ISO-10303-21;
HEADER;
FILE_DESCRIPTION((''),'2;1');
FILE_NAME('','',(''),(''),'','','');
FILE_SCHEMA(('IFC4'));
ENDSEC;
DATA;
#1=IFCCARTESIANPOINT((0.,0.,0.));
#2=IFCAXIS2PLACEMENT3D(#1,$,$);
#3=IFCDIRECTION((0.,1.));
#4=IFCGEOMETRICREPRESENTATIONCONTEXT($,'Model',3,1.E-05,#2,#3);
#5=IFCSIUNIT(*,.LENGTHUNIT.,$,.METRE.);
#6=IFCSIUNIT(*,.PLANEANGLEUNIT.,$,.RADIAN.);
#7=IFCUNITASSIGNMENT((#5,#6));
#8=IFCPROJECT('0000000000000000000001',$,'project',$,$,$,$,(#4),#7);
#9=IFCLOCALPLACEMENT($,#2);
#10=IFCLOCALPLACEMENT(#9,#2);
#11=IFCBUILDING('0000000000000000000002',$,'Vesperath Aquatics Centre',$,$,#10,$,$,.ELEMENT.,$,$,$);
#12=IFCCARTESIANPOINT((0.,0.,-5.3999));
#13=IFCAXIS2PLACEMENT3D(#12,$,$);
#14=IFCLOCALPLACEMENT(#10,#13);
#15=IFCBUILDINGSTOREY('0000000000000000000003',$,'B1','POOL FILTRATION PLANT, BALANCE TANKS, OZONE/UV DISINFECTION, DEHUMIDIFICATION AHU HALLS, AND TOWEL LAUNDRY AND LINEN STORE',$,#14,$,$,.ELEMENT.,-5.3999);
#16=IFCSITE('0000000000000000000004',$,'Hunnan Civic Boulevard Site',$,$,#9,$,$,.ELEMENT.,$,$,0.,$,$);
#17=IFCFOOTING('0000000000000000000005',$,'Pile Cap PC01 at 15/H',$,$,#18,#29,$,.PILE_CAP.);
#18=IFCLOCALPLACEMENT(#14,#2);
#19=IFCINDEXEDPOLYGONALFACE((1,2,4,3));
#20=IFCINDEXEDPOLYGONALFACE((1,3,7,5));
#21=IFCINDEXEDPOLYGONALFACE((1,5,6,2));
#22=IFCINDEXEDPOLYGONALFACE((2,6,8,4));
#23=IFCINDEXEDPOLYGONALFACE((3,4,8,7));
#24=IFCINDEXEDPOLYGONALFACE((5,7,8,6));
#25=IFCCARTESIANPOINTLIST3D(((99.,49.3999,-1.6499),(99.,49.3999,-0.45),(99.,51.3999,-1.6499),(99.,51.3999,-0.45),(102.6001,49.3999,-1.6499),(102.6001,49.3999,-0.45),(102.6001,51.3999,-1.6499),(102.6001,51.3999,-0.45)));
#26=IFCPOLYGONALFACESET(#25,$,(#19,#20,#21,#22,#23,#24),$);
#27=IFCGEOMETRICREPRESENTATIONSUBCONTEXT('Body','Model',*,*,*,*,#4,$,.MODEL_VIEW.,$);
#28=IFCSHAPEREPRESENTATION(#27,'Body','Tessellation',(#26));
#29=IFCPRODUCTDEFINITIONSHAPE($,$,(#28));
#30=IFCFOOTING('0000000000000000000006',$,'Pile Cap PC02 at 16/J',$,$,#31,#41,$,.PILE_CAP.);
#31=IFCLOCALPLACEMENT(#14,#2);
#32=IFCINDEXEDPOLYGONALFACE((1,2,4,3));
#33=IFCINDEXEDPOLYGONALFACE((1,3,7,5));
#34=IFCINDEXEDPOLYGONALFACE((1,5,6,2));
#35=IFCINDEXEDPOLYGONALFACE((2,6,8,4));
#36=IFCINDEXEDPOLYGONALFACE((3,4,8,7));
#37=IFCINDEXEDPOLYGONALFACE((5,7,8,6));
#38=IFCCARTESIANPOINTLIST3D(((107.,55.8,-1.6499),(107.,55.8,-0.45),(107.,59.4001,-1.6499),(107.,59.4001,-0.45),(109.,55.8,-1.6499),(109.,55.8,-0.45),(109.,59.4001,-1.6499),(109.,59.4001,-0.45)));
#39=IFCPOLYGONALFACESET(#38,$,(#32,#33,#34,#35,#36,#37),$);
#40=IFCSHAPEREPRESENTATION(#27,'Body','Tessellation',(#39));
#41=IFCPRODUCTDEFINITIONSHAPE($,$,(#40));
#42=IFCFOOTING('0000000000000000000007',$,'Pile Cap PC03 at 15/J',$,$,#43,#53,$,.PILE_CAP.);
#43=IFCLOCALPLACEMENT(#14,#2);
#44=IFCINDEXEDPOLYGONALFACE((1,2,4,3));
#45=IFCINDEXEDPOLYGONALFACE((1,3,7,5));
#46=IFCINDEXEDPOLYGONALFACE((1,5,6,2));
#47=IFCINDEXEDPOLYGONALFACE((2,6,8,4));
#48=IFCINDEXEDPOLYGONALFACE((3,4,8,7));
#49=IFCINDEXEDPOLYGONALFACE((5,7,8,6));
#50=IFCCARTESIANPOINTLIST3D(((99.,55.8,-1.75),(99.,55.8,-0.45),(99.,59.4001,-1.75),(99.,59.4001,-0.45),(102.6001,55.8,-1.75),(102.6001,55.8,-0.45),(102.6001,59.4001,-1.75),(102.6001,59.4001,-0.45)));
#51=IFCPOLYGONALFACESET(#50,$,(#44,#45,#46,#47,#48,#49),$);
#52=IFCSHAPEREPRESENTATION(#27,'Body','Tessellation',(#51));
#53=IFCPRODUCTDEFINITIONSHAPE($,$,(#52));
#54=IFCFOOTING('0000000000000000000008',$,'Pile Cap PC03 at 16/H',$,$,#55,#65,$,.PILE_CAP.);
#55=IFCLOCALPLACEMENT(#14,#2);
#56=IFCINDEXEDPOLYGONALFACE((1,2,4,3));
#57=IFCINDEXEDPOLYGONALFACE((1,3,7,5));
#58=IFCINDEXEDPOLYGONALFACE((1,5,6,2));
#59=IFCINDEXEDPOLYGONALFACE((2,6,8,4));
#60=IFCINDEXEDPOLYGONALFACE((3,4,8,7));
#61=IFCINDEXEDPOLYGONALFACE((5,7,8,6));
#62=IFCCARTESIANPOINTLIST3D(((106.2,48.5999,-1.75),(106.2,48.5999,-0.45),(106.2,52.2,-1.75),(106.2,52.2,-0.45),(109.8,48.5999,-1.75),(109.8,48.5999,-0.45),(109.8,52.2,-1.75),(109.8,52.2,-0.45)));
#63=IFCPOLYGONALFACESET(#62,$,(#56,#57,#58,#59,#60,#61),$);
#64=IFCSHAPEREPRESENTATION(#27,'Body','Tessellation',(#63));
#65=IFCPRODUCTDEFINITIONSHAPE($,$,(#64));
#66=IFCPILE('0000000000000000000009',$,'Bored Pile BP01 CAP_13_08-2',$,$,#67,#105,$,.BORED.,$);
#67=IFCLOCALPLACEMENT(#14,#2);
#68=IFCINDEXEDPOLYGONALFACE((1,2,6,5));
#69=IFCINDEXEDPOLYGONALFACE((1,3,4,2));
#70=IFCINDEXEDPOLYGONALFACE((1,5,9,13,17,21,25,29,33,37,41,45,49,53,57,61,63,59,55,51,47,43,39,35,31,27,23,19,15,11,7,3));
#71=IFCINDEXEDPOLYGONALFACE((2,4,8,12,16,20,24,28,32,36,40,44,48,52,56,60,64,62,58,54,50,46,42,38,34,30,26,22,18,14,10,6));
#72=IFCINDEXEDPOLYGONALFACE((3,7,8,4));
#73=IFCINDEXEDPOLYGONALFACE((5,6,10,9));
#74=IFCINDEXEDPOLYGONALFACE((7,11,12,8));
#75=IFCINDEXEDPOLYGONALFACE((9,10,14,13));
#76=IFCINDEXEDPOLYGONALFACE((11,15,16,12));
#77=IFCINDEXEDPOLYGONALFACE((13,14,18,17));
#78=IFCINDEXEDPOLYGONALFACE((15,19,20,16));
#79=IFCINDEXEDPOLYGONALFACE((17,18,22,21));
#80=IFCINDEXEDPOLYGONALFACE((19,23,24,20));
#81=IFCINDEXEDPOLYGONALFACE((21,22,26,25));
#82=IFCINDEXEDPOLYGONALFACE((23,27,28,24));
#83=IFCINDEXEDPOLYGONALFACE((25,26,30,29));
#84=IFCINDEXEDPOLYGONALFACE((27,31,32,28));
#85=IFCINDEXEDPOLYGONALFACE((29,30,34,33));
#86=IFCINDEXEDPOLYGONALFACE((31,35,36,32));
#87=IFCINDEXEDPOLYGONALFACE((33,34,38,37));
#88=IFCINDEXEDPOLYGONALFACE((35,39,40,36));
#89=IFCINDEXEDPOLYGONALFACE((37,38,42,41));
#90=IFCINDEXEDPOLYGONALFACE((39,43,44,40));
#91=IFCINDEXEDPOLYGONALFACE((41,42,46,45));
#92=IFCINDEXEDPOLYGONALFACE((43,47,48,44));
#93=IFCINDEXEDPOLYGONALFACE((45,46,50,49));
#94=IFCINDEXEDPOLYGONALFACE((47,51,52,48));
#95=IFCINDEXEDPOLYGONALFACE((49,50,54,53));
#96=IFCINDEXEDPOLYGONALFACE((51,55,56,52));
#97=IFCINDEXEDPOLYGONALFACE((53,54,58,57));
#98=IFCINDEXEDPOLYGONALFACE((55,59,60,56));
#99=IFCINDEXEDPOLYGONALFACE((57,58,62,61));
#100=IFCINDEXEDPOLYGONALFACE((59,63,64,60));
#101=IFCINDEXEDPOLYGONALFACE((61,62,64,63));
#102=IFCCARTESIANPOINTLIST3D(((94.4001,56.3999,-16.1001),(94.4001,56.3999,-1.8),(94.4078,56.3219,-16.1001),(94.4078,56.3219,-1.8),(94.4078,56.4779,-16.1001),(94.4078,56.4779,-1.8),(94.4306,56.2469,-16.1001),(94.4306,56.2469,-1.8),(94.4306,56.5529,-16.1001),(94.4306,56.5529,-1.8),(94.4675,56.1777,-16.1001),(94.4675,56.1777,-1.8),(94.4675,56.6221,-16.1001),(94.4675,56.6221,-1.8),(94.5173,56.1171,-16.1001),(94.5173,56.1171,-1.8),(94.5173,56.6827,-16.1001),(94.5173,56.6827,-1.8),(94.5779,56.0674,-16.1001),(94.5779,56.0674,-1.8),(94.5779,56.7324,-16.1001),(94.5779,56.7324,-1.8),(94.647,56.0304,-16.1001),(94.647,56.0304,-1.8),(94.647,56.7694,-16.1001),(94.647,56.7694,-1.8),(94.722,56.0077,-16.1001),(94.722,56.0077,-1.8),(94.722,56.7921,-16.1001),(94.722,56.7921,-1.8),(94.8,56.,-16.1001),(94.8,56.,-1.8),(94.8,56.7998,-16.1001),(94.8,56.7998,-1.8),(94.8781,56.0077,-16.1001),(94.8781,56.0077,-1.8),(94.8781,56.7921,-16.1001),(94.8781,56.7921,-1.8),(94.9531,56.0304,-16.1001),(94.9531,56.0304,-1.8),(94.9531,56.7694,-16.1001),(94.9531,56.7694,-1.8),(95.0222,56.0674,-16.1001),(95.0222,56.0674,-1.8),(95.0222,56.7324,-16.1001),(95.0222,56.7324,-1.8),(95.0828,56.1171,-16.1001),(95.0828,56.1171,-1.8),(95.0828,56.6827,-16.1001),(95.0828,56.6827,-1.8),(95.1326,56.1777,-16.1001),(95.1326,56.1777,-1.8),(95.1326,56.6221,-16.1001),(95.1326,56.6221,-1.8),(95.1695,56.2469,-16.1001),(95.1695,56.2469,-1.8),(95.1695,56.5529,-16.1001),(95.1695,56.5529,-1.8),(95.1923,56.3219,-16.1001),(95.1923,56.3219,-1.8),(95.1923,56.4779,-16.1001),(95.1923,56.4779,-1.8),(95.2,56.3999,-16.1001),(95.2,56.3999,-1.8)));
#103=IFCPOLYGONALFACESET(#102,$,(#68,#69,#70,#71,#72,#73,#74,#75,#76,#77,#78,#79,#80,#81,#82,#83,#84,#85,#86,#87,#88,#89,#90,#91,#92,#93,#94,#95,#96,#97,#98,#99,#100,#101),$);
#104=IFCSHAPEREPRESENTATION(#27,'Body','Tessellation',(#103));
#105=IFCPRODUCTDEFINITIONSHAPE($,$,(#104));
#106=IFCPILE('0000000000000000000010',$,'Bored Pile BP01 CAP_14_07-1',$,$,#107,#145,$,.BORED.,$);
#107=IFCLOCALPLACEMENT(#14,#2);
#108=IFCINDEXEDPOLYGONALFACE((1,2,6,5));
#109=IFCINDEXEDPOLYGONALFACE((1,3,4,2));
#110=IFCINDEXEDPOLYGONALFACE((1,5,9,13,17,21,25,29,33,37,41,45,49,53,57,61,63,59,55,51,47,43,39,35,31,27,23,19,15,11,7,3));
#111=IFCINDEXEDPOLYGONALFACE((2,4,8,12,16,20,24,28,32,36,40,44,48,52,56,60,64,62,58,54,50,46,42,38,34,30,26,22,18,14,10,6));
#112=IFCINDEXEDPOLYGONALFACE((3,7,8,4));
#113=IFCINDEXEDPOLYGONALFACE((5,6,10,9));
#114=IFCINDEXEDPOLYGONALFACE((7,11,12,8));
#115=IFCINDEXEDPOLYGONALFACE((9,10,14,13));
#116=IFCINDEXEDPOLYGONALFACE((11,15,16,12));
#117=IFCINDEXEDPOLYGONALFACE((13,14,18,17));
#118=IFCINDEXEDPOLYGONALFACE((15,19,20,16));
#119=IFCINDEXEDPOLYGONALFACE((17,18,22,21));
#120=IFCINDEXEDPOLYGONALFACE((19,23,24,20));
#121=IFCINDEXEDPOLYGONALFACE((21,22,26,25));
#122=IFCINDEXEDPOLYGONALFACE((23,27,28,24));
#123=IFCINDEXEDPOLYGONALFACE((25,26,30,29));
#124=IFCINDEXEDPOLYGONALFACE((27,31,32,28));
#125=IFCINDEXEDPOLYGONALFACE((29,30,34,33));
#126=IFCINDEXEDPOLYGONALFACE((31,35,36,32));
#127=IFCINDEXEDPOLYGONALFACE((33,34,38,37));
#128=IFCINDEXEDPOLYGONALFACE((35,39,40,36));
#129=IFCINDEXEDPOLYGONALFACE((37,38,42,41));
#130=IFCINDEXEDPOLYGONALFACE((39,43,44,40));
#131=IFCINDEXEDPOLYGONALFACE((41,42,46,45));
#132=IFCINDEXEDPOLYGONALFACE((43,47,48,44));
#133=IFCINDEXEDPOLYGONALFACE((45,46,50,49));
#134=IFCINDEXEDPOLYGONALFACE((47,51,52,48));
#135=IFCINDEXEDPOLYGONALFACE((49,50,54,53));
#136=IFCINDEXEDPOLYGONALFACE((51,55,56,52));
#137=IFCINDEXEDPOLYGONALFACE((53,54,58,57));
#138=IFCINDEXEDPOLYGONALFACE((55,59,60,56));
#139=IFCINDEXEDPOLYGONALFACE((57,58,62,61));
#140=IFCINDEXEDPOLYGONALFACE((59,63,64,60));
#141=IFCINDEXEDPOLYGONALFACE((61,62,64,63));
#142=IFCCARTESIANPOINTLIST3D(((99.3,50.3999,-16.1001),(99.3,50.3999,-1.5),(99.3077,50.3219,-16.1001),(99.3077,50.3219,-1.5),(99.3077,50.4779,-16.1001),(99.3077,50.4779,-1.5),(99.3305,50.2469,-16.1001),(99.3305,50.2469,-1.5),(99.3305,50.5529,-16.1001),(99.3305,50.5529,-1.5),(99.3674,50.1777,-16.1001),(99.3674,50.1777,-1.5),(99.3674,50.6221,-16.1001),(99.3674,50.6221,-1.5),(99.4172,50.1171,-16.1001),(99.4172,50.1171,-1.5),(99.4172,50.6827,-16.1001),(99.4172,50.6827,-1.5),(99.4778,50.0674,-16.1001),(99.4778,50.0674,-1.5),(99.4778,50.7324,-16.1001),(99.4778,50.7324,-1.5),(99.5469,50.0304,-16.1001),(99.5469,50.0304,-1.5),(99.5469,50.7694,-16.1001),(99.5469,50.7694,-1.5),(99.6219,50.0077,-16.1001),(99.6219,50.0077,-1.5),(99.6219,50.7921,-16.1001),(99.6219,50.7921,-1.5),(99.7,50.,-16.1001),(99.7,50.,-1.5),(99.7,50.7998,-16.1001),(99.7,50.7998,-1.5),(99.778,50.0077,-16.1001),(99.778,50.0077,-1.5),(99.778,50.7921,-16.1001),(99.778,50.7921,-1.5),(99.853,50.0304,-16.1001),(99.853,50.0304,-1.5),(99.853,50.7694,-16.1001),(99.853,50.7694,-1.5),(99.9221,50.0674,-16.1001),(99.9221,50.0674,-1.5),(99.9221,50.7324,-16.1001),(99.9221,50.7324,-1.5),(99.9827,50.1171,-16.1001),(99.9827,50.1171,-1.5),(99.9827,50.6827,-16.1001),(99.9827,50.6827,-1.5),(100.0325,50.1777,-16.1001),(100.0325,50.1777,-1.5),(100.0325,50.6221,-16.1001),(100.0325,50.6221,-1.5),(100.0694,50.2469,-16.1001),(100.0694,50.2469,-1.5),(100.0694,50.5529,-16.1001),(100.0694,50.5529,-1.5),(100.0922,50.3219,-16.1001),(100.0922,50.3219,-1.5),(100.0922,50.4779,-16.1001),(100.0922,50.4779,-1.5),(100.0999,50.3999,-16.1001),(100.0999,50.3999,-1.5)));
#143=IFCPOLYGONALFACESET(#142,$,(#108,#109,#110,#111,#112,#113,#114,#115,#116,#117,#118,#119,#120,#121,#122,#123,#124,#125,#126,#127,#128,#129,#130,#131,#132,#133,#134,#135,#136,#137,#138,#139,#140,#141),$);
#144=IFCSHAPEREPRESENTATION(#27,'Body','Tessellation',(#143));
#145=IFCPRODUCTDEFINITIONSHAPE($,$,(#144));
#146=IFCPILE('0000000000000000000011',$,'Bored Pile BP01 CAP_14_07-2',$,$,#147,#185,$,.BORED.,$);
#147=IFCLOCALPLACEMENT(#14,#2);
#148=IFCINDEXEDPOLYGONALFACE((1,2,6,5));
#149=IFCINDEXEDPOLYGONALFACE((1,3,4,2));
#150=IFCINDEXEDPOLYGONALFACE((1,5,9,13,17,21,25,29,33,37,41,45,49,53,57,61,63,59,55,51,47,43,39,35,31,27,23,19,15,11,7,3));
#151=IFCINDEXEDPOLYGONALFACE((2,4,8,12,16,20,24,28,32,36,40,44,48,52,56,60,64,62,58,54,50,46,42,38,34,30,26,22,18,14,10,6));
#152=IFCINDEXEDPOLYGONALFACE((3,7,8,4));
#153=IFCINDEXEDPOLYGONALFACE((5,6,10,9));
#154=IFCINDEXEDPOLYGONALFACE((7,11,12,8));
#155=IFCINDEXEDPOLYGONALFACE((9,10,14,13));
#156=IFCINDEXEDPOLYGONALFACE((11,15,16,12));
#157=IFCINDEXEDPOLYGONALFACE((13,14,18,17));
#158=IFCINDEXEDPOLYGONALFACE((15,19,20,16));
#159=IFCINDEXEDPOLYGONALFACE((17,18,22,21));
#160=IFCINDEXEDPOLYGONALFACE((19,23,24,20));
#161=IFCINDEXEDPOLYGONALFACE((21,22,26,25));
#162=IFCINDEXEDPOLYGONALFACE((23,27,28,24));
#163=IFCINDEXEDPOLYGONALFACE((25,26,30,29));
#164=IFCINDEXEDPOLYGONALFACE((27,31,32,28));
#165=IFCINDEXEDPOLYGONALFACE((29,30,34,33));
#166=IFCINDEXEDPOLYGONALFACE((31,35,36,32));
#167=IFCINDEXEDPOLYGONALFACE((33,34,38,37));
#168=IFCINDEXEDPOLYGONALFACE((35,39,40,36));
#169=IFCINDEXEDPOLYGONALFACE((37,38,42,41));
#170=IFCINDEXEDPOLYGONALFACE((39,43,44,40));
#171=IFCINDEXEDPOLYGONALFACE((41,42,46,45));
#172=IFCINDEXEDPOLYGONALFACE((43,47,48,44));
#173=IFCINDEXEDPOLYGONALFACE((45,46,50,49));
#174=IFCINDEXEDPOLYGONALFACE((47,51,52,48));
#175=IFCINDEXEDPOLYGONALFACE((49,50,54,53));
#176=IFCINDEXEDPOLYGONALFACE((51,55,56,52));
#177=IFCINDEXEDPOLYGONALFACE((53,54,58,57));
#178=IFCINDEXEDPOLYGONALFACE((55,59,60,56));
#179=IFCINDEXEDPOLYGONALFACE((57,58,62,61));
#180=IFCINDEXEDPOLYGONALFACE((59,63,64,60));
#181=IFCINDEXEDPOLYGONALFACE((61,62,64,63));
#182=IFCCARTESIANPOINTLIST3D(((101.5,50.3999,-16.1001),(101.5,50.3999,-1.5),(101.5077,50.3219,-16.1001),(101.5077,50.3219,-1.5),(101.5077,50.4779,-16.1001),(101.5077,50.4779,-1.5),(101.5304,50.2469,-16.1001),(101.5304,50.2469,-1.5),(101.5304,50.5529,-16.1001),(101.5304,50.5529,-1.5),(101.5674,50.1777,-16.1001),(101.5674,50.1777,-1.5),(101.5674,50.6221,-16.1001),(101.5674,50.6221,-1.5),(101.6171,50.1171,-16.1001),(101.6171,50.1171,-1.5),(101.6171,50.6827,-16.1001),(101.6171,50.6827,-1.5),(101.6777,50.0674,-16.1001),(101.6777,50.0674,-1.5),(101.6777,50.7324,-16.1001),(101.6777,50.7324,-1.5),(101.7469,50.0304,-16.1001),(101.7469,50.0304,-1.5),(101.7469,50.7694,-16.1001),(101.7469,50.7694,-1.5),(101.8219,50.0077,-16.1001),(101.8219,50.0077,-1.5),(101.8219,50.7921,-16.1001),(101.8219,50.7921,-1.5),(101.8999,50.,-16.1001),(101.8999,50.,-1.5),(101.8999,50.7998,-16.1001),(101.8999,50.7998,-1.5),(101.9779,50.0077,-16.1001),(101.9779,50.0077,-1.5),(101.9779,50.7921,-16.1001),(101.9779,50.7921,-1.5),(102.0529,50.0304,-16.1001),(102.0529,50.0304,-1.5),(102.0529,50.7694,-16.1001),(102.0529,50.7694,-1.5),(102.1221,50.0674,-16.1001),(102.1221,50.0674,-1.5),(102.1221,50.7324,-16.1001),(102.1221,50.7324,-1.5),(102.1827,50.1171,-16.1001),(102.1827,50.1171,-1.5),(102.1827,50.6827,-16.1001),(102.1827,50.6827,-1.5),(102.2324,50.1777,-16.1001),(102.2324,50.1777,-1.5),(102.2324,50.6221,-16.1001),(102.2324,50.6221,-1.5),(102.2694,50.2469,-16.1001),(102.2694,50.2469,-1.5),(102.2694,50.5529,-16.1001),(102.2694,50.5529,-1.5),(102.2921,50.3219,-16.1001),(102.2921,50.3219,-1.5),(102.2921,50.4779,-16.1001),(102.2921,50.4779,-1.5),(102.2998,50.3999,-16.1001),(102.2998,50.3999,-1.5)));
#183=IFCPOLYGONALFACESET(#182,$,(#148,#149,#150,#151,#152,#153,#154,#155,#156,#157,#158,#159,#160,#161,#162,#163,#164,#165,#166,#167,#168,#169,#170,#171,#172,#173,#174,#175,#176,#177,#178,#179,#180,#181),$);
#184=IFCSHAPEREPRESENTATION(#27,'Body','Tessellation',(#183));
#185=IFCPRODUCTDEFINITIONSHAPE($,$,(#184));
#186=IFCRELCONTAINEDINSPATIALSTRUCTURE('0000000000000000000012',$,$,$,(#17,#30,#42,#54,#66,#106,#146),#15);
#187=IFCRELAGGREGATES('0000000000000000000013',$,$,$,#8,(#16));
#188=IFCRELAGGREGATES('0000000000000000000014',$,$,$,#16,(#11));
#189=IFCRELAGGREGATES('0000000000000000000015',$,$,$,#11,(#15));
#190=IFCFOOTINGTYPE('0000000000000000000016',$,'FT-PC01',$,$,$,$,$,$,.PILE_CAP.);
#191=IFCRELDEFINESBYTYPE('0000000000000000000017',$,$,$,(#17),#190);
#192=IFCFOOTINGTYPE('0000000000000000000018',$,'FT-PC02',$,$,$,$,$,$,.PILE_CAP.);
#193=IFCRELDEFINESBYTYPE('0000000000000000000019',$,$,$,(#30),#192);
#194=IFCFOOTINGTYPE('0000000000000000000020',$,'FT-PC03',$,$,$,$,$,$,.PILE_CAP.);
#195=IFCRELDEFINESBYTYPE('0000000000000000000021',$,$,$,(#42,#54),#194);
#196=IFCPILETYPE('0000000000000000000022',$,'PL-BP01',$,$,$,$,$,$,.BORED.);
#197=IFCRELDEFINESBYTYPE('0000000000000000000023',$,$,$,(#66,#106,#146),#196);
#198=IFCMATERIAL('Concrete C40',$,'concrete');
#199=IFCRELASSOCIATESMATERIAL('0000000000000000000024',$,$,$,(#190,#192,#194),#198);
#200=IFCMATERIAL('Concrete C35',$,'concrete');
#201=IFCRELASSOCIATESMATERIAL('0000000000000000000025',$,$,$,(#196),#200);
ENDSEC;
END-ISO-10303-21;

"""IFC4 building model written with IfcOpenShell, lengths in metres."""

from ifc_helpers import new_model, si_unit, direction, frame, origin, origin_2d, place, context, subcontext, project, spatial, rectangle, circle, extrude, material, material_profile, profile_set, type_object, element, save


model = new_model("IFC4")

# Units and contexts
model_context = context("Model", 3, precision=1e-05, world=origin(), true_north=direction((0.0, 1.0)))
body_context = subcontext(model_context, "Body", "Model", "MODEL_VIEW")
ifc_project = project(units=[si_unit("LENGTHUNIT", "METRE"), si_unit("PLANEANGLEUNIT", "RADIAN")], contexts=[model_context])

# Site, building, storey
site_placement = place(None, origin())
site = spatial("IfcSite", under=ifc_project, at=site_placement, Name="Hunnan Civic Boulevard Site", CompositionType="ELEMENT", RefElevation=0.0)
building_placement = place(site_placement, origin())
building = spatial("IfcBuilding", under=site, at=building_placement, Name="Vesperath Aquatics Centre", CompositionType="ELEMENT")
storey_placement = place(building_placement, frame((0.0, 0.0, -5.3999)))
storey = spatial("IfcBuildingStorey", under=building, at=storey_placement, Name="B1", Description="POOL FILTRATION PLANT, BALANCE TANKS, OZONE/UV DISINFECTION, DEHUMIDIFICATION AHU HALLS, AND TOWEL LAUNDRY AND LINEN STORE", CompositionType="ELEMENT", Elevation=-5.3999)

# Footings
ifc_material_1 = material(Name="Concrete C40", Category="concrete")
footing_type_1 = type_object("IfcFootingType", Name="FT-PC01", PredefinedType="PILE_CAP", material=ifc_material_1)
footing_1_placement = place(storey_placement, frame((100.8, 50.3999, -1.6499), z_axis=(0.0, 0.0, 1.0), x_axis=(1.0, 0.0, 0.0)))
element("IfcFooting", 1, at=footing_1_placement, inside=storey, type_object=footing_type_1, Name="Pile Cap PC01 at 15/H", PredefinedType="PILE_CAP", context=body_context, shape_type="SweptSolid", body=[
    extrude(rectangle(XDim=3.6001, YDim=2.0, at=origin_2d()), origin(), (0.0, 0.0, 1.0), 1.2),
])
footing_type_2 = type_object("IfcFootingType", Name="FT-PC02", PredefinedType="PILE_CAP", material=ifc_material_1)
footing_2_placement = place(storey_placement, frame((108.0, 57.6001, -1.6499), z_axis=(0.0, 0.0, 1.0), x_axis=(1.0, 0.0, 0.0)))
element("IfcFooting", 2, at=footing_2_placement, inside=storey, type_object=footing_type_2, Name="Pile Cap PC02 at 16/J", PredefinedType="PILE_CAP", context=body_context, shape_type="SweptSolid", body=[
    extrude(rectangle(XDim=2.0, YDim=3.6001, at=origin_2d()), origin(), (0.0, 0.0, 1.0), 1.2),
])
footing_type_3 = type_object("IfcFootingType", Name="FT-PC03", PredefinedType="PILE_CAP", material=ifc_material_1)
for number, where, z_axis, x_axis, name in (
    (3, (100.8, 57.6001, -1.75), (0.0, 0.0, 1.0), (1.0, 0.0, 0.0), "Pile Cap PC03 at 15/J"),
    (4, (108.0, 50.3999, -1.75), (0.0, 0.0, 1.0), (1.0, 0.0, 0.0), "Pile Cap PC03 at 16/H"),
):
    element("IfcFooting", number, at=place(storey_placement, frame(where, z_axis=z_axis, x_axis=x_axis)), inside=storey, type_object=footing_type_3, Name=name, PredefinedType="PILE_CAP", context=body_context, shape_type="SweptSolid", body=[
        extrude(rectangle(XDim=3.6001, YDim=3.6001, at=origin_2d()), origin(), (0.0, 0.0, 1.0), 1.3),
    ])

# Piles
ifc_material_2 = material(Name="Concrete C35", Category="concrete")
ifc_material_profile_1 = material_profile(ifc_material_2, circle(Radius=0.3999, at=origin_2d()), Name="PILE D800")
ifc_profile_set_1 = profile_set([ifc_material_profile_1], Name="Concrete C35")
pile_type = type_object("IfcPileType", Name="PL-BP01", PredefinedType="BORED", material=ifc_profile_set_1)
pile_placement = place(storey_placement, frame((94.8, 56.3999, -1.8), z_axis=(0.0, 0.0, -1.0), x_axis=(1.0, 0.0, 0.0)))
element("IfcPile", 5, at=pile_placement, inside=storey, type_object=pile_type, Name="Bored Pile BP01 CAP_13_08-2", PredefinedType="BORED", context=body_context, shape_type="SweptSolid", body=[
    extrude(circle(Radius=0.3999, at=origin_2d()), origin(), (0.0, 0.0, 1.0), 14.3),
])
for number, where, z_axis, x_axis, name in (
    (6, (99.7, 50.3999, -1.5), (0.0, 0.0, -1.0), (1.0, 0.0, 0.0), "Bored Pile BP01 CAP_14_07-1"),
    (7, (101.8999, 50.3999, -1.5), (0.0, 0.0, -1.0), (1.0, 0.0, 0.0), "Bored Pile BP01 CAP_14_07-2"),
):
    element("IfcPile", number, at=place(storey_placement, frame(where, z_axis=z_axis, x_axis=x_axis)), inside=storey, type_object=pile_type, Name=name, PredefinedType="BORED", context=body_context, shape_type="SweptSolid", body=[
        extrude(circle(Radius=0.3999, at=origin_2d()), origin(), (0.0, 0.0, 1.0), 14.6001),
    ])

save(model, "model.ifc")
